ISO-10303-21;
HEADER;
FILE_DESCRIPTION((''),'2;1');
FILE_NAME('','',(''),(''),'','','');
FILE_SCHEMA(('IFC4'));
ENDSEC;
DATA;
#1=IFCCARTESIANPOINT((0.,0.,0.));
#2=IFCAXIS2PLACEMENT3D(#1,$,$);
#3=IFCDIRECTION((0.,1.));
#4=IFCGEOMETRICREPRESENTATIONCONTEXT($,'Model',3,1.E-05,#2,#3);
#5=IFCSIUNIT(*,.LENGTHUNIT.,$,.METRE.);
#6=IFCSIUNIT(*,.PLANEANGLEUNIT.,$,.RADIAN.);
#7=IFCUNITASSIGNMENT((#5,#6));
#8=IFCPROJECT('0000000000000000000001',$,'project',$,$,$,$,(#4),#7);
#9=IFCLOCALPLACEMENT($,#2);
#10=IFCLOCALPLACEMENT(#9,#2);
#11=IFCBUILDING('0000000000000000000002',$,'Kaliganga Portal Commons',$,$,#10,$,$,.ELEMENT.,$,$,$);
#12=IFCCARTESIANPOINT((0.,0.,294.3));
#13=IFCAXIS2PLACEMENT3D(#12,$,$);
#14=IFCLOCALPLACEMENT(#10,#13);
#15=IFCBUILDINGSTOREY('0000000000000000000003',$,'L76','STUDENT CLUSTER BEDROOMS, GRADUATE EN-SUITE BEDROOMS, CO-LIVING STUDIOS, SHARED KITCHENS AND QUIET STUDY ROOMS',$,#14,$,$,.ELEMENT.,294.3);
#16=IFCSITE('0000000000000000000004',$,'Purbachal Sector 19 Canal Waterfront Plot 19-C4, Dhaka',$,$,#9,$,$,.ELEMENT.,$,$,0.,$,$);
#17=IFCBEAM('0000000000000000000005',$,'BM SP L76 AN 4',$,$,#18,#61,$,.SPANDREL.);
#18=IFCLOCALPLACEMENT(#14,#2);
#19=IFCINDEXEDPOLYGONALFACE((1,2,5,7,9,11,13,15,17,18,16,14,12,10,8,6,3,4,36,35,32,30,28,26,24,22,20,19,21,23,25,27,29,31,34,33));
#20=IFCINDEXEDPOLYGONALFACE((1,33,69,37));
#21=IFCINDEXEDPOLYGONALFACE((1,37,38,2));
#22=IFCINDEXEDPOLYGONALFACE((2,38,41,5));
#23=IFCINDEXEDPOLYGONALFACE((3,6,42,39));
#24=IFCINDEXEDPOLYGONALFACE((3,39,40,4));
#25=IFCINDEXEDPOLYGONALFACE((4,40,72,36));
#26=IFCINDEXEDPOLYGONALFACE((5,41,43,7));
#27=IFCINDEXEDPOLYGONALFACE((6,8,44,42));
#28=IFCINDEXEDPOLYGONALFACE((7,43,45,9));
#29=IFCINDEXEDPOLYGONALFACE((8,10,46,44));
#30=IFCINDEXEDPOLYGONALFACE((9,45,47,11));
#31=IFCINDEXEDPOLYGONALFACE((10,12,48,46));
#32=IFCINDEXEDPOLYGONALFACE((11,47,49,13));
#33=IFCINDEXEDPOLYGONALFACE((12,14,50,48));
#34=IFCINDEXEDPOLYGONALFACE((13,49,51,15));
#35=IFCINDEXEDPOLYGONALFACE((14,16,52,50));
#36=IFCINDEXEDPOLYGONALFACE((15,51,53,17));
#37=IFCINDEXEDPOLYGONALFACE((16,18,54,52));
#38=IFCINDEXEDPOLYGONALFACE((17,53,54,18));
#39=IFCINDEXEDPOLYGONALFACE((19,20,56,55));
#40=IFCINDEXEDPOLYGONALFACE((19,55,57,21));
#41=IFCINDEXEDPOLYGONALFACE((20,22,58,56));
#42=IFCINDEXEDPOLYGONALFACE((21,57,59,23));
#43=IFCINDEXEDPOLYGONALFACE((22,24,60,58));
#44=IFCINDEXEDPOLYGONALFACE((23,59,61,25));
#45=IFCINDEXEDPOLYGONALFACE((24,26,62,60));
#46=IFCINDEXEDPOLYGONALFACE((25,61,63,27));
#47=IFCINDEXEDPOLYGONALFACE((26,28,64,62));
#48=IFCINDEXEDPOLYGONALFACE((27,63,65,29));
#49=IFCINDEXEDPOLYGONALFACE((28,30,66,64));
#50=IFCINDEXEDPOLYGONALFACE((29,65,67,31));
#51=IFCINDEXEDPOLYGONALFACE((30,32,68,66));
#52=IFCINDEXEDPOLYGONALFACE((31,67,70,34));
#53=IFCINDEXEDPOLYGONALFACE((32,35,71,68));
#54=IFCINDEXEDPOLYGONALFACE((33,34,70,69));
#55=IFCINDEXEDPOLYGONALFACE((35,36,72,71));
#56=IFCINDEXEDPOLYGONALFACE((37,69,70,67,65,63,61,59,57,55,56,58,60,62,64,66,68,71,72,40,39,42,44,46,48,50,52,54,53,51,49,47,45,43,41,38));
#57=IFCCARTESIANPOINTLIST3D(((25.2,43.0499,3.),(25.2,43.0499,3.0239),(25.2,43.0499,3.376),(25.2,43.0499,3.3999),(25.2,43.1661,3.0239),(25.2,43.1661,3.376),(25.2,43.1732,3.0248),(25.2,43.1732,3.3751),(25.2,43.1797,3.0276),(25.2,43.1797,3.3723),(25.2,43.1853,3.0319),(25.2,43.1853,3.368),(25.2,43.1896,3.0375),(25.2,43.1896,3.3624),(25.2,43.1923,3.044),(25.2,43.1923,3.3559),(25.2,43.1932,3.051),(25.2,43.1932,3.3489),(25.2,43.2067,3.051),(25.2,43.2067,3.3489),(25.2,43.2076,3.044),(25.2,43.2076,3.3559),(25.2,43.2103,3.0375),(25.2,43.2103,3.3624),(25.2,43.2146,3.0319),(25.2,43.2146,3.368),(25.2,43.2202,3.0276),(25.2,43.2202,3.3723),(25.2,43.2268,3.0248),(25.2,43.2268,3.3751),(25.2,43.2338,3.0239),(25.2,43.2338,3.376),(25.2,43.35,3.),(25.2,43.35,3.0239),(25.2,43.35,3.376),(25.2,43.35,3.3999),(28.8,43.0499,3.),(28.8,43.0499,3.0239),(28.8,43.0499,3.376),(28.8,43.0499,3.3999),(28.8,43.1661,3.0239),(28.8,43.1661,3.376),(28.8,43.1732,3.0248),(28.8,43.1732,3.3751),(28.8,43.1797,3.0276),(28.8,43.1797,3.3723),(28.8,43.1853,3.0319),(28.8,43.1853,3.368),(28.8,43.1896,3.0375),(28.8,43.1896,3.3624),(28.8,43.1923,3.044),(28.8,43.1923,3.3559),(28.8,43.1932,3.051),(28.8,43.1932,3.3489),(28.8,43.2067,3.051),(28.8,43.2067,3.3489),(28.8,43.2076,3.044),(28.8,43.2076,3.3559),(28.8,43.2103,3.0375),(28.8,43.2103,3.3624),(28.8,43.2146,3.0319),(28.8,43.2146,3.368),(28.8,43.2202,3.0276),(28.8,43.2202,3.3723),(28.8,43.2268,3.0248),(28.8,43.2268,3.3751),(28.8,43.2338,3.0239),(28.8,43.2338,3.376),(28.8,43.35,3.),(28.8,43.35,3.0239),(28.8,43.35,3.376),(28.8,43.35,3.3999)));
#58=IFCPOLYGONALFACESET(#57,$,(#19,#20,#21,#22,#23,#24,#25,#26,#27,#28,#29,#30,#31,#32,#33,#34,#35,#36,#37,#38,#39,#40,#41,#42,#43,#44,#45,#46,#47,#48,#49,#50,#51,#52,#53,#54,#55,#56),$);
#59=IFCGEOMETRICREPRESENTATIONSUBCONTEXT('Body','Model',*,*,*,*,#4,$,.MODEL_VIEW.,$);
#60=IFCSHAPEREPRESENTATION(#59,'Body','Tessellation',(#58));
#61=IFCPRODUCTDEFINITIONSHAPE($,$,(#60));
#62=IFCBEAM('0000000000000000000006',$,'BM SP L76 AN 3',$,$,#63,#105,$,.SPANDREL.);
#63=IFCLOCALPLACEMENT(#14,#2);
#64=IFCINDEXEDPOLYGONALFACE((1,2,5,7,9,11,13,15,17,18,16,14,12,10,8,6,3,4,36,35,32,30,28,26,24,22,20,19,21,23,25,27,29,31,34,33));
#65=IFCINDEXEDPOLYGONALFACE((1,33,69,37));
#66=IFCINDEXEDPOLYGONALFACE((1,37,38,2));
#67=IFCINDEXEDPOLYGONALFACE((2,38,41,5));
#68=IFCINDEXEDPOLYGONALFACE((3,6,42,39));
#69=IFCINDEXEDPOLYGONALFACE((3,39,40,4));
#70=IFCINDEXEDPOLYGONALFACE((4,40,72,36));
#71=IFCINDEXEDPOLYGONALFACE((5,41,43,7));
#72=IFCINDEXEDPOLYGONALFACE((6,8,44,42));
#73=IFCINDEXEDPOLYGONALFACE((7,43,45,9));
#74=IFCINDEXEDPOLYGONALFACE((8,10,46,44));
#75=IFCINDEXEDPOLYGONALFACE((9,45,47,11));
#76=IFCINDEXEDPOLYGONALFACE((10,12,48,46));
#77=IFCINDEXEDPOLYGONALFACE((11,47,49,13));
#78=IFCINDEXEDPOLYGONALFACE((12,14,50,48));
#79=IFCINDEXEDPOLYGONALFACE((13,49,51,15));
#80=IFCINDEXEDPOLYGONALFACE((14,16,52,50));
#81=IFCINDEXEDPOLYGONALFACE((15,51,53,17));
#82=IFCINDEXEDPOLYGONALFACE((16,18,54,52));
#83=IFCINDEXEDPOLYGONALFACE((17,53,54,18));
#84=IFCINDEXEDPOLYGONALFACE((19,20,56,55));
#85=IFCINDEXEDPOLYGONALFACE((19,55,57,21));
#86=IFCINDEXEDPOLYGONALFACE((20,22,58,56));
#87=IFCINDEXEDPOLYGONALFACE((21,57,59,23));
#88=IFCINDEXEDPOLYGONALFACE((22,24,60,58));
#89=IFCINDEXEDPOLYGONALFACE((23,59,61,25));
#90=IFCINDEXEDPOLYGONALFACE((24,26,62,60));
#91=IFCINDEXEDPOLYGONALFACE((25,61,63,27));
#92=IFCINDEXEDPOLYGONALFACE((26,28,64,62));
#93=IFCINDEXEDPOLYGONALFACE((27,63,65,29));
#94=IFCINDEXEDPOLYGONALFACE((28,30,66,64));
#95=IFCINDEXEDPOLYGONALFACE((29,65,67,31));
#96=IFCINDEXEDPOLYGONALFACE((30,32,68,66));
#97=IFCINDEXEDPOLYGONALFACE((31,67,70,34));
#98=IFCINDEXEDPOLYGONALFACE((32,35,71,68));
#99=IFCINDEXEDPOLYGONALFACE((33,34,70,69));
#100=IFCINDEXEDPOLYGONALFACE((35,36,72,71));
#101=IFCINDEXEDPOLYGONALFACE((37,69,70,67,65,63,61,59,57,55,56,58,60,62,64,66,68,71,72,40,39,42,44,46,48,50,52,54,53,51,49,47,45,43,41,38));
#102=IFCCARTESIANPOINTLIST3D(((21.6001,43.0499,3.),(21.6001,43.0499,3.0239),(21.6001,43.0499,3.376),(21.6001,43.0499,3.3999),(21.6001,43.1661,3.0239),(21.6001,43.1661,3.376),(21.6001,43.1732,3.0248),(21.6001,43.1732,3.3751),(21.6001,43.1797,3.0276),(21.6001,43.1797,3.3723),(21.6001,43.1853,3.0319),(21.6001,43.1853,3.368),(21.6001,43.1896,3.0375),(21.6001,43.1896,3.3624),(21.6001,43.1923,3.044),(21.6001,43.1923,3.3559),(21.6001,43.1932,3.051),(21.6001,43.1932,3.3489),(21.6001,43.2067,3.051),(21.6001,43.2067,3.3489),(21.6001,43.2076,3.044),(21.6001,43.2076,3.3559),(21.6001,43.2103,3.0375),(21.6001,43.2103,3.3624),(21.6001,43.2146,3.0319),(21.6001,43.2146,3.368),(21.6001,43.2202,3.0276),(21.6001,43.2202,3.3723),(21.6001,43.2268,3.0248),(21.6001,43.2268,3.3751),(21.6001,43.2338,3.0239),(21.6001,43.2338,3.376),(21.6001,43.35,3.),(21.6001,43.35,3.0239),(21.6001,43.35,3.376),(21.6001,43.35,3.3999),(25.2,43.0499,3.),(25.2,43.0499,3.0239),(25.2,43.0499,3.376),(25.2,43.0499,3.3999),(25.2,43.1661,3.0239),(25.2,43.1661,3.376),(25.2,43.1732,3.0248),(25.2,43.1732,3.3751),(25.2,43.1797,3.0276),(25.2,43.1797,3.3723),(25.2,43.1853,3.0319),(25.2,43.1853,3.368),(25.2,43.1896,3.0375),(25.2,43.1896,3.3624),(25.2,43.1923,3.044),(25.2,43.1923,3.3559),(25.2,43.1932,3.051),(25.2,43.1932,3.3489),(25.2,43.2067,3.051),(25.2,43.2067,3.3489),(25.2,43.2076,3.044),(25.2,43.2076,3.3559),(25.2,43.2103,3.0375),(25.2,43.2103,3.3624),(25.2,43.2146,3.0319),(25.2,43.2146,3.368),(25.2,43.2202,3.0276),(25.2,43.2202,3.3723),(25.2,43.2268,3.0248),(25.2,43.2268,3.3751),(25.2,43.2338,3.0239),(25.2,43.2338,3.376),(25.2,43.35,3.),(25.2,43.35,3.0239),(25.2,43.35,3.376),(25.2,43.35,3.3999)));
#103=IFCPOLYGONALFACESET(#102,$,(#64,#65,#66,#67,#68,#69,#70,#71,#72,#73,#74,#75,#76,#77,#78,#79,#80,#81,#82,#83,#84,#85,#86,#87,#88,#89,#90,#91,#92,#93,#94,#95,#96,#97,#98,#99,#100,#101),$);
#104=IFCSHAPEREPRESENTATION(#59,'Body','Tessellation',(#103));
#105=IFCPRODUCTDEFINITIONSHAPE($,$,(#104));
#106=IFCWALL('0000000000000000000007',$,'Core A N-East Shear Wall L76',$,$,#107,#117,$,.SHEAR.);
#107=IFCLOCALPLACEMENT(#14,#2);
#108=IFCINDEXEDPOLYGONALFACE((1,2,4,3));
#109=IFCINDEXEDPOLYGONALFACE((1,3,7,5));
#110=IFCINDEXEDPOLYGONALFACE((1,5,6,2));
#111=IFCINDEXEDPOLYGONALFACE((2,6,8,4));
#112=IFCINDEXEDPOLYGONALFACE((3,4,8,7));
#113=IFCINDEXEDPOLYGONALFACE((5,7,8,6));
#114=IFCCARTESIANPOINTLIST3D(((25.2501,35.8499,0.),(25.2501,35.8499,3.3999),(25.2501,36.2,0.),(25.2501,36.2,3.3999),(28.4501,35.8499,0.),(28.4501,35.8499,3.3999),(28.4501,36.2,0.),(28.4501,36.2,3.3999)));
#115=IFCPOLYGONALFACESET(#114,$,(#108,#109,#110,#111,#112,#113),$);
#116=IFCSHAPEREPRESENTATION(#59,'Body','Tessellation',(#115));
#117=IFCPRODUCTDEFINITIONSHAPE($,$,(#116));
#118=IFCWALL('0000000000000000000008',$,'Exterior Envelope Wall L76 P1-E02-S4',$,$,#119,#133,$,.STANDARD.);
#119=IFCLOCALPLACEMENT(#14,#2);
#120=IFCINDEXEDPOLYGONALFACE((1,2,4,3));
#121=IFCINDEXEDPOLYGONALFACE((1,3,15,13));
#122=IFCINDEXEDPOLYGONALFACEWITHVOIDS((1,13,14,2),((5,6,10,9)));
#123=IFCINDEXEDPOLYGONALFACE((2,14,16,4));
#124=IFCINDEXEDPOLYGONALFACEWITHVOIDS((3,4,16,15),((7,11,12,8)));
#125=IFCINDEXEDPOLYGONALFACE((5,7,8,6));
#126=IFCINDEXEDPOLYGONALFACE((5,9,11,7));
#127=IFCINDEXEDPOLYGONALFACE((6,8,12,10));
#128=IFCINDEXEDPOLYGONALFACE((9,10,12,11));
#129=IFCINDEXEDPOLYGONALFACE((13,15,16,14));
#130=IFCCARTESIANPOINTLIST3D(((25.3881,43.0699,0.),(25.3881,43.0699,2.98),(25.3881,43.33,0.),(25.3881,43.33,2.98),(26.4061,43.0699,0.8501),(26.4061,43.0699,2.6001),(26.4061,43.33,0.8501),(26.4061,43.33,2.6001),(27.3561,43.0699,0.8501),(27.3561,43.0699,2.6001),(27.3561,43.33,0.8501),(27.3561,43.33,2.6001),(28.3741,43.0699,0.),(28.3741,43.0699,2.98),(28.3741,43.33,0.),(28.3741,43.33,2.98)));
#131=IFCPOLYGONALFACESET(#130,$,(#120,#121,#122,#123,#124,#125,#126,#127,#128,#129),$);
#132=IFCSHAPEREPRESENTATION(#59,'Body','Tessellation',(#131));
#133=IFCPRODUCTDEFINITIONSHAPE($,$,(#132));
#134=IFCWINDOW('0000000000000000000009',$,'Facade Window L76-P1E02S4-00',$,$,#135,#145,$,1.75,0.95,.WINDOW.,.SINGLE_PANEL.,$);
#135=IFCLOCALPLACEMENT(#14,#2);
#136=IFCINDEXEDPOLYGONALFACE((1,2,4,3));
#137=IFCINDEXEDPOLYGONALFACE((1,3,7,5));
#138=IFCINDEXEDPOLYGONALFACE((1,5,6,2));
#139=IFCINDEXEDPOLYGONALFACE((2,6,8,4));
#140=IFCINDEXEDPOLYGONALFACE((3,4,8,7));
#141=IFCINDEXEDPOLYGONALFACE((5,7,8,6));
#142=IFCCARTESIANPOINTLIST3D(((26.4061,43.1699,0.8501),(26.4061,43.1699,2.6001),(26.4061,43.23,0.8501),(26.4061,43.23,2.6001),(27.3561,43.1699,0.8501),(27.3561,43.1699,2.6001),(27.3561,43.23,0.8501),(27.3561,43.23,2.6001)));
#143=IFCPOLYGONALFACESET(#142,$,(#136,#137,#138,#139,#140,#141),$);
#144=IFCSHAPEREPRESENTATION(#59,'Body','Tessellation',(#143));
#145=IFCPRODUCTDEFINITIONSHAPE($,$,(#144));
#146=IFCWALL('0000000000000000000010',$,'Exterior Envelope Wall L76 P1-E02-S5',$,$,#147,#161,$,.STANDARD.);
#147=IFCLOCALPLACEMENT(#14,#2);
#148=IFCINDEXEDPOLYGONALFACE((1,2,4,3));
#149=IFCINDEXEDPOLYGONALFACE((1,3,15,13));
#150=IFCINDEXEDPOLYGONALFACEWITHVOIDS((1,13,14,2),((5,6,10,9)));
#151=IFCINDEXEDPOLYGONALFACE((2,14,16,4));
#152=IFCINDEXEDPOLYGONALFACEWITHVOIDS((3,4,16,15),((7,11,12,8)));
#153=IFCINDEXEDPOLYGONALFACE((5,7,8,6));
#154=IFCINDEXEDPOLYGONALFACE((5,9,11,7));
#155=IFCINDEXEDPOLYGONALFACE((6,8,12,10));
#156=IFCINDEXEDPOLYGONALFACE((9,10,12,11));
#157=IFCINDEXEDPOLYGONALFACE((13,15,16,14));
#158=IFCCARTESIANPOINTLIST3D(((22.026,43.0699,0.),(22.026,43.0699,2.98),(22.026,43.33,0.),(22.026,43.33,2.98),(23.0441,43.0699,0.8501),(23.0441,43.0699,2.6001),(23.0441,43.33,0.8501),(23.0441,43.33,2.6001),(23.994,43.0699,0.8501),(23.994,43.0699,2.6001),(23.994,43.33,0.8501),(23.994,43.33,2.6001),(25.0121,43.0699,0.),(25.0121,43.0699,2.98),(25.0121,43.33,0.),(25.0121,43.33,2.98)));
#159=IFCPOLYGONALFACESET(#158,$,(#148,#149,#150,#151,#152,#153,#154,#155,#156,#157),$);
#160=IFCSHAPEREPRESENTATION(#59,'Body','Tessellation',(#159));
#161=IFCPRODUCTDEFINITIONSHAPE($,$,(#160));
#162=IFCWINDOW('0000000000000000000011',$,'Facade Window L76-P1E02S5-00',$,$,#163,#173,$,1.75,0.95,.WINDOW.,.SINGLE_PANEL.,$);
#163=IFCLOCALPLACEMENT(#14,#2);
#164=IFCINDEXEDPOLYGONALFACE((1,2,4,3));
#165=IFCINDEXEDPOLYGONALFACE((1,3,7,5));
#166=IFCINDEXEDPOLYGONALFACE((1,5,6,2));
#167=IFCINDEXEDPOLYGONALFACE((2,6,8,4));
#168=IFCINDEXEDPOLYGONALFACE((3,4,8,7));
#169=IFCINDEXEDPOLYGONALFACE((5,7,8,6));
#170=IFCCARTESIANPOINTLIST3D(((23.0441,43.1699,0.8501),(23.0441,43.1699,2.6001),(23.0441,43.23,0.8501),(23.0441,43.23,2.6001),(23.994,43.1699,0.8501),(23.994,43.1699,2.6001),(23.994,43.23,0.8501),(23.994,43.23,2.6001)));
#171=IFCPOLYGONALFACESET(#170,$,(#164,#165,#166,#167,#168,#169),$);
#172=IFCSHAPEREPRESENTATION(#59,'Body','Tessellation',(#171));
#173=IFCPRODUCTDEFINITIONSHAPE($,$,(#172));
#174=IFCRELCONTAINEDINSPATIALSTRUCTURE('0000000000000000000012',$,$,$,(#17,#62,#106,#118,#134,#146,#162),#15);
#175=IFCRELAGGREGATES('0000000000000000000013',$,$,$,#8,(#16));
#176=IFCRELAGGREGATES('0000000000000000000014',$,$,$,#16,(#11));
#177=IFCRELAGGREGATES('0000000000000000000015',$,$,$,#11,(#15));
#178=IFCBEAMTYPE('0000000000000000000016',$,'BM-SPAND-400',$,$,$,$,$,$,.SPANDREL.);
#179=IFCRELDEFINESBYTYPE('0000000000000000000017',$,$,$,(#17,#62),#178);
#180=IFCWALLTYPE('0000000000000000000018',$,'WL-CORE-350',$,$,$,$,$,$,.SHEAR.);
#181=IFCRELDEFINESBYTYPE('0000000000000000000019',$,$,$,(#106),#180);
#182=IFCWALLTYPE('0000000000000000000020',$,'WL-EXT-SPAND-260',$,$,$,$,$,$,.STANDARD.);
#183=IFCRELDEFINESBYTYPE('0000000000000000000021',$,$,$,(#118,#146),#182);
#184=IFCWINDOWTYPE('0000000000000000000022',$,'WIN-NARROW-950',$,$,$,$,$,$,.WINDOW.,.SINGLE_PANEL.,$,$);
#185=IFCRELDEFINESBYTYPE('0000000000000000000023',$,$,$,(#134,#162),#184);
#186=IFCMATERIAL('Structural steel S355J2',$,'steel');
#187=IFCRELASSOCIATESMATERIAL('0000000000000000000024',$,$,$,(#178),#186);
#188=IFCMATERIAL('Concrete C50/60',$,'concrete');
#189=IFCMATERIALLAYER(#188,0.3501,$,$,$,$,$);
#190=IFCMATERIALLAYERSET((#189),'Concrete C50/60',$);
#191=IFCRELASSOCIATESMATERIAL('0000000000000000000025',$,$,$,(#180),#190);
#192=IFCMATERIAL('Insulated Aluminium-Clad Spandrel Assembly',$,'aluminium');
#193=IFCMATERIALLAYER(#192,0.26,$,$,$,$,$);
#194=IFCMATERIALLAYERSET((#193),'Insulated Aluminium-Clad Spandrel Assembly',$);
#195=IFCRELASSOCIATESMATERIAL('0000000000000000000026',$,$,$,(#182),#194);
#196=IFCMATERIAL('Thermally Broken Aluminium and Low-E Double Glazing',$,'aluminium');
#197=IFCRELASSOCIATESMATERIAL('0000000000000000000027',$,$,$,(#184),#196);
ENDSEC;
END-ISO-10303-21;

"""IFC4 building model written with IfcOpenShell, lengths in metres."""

from ifc_helpers import new_model, si_unit, direction, frame, frame_2d, origin, origin_2d, place, context, subcontext, project, spatial, rectangle, i_section, extrude, source, transform, mapped, material, layer, layer_set, material_profile, profile_set, type_object, element, fill, save


model = new_model("IFC4")

# Units and contexts
model_context = context("Model", 3, precision=1e-05, world=origin(), true_north=direction((0.0, 1.0)))
body_context = subcontext(model_context, "Body", "Model", "MODEL_VIEW")
ifc_project = project(units=[si_unit("LENGTHUNIT", "METRE"), si_unit("PLANEANGLEUNIT", "RADIAN")], contexts=[model_context])

# Site, building, storey
site_placement = place(None, origin())
site = spatial("IfcSite", under=ifc_project, at=site_placement, Name="Purbachal Sector 19 Canal Waterfront Plot 19-C4, Dhaka", CompositionType="ELEMENT", RefElevation=0.0)
building_placement = place(site_placement, origin())
building = spatial("IfcBuilding", under=site, at=building_placement, Name="Kaliganga Portal Commons", CompositionType="ELEMENT")
storey_placement = place(building_placement, frame((0.0, 0.0, 294.3)))
storey = spatial("IfcBuildingStorey", under=building, at=storey_placement, Name="L76", Description="STUDENT CLUSTER BEDROOMS, GRADUATE EN-SUITE BEDROOMS, CO-LIVING STUDIOS, SHARED KITCHENS AND QUIET STUDY ROOMS", CompositionType="ELEMENT", Elevation=294.3)

# Shared definitions
ifc_material_1 = material(Name="Concrete C50/60", Category="concrete")
ifc_material_2 = material(Name="Structural steel S355J2", Category="steel")

# Beams
ifc_material_profile_1 = material_profile(ifc_material_2, i_section(OverallWidth=0.3, OverallDepth=0.3999, WebThickness=0.0134, FlangeThickness=0.0239, FilletRadius=0.0271, at=origin_2d()), Name="HE 400 B")
ifc_profile_set_1 = profile_set([ifc_material_profile_1], Name="Structural steel S355J2 wide-flange")
beam_type = type_object("IfcBeamType", Name="BM-SPAND-400", PredefinedType="SPANDREL", material=ifc_profile_set_1)
shared_shape_1 = source(origin(), body_context, "Body", "SweptSolid", [
    extrude(i_section(OverallWidth=0.3, OverallDepth=0.3999, WebThickness=0.0134, FlangeThickness=0.0239, FilletRadius=0.0271, at=origin_2d()), origin(), (0.0, 0.0, 1.0), 3.6001),
])
for number, where, z_axis, x_axis, name in (
    (1, (25.2, 43.2, 3.2), (1.0, 0.0, 0.0), (0.0, 1.0, 0.0), "BM SP L76 AN 4"),
):
    element("IfcBeam", number, at=place(storey_placement, frame(where, z_axis=z_axis, x_axis=x_axis)), inside=storey, type_object=beam_type, Name=name, PredefinedType="SPANDREL", context=body_context, shape_type="MappedRepresentation", body=[
        mapped(shared_shape_1, transform((0.0, 0.0, 0.0), x_axis=(1.0, 0.0, 0.0), y_axis=(0.0, 1.0, 0.0), z_axis=(0.0, 0.0, 1.0), scale=1.0)),
    ])
shared_shape_2 = source(origin(), body_context, "Body", "SweptSolid", [
    extrude(i_section(OverallWidth=0.3, OverallDepth=0.3999, WebThickness=0.0134, FlangeThickness=0.0239, FilletRadius=0.0271, at=origin_2d()), origin(), (0.0, 0.0, 1.0), 3.5999),
])
beam_placement = place(storey_placement, frame((21.6001, 43.2, 3.2), z_axis=(1.0, 0.0, 0.0), x_axis=(0.0, 1.0, 0.0)))
element("IfcBeam", 2, at=beam_placement, inside=storey, type_object=beam_type, Name="BM SP L76 AN 3", PredefinedType="SPANDREL", context=body_context, shape_type="MappedRepresentation", body=[
    mapped(shared_shape_2, transform((0.0, 0.0, 0.0), x_axis=(1.0, 0.0, 0.0), y_axis=(0.0, 1.0, 0.0), z_axis=(0.0, 0.0, 1.0), scale=1.0)),
])

# Wall
ifc_layer_1 = layer(ifc_material_1, 0.3501)
ifc_layer_set_1 = layer_set([ifc_layer_1], Name="Concrete C50/60")
wall_type_1 = type_object("IfcWallType", Name="WL-CORE-350", PredefinedType="SHEAR", material=ifc_layer_set_1)
wall_1_placement = place(storey_placement, frame((25.25, 36.0249, 0.0), z_axis=(0.0, 0.0, 1.0), x_axis=(1.0, 0.0, 0.0)))
element("IfcWall", 3, at=wall_1_placement, inside=storey, type_object=wall_type_1, Name="Core A N-East Shear Wall L76", PredefinedType="SHEAR", context=body_context, shape_type="SweptSolid", body=[
    extrude(rectangle(XDim=3.2, YDim=0.3501, at=frame_2d((1.6001, 0.0))), origin(), (0.0, 0.0, 1.0), 3.3999),
])

# Walls, openings, windows
ifc_material_3 = material(Name="Insulated Aluminium-Clad Spandrel Assembly", Category="aluminium")
ifc_layer_2 = layer(ifc_material_3, 0.26)
ifc_layer_set_2 = layer_set([ifc_layer_2], Name="Insulated Aluminium-Clad Spandrel Assembly")
wall_type_2 = type_object("IfcWallType", Name="WL-EXT-SPAND-260", PredefinedType="STANDARD", material=ifc_layer_set_2)
wall_2_placement = place(storey_placement, frame((25.3879, 43.2, 0.0), z_axis=(0.0, 0.0, 1.0), x_axis=(1.0, 0.0, 0.0)))
wall_2 = element("IfcWall", 4, at=wall_2_placement, inside=storey, type_object=wall_type_2, Name="Exterior Envelope Wall L76 P1-E02-S4", PredefinedType="STANDARD", context=body_context, shape_type="SweptSolid", body=[
    extrude(rectangle(XDim=2.9861, YDim=0.26, at=frame_2d((1.4932, 0.0))), origin(), (0.0, 0.0, 1.0), 2.98),
])
opening_1_placement = place(wall_2_placement, frame((1.0181, 0.0, 0.8501)))
opening_1 = element("IfcOpeningElement", 5, at=opening_1_placement, cuts=wall_2, PredefinedType="OPENING", context=body_context, shape_type="SweptSolid", body=[
    extrude(rectangle(XDim=0.95, YDim=1.75, at=frame_2d((0.4751, 0.875))), frame((0.0, 0.1401, 0.0), z_axis=(0.0, -1.0, 0.0), x_axis=(1.0, 0.0, 0.0)), (0.0, 0.0, 1.0), 0.28),
])
ifc_material_4 = material(Name="Thermally Broken Aluminium and Low-E Double Glazing", Category="aluminium")
window_type = type_object("IfcWindowType", Name="WIN-NARROW-950", PartitioningType="SINGLE_PANEL", PredefinedType="WINDOW", material=ifc_material_4)
window_1_placement = place(opening_1_placement, origin())
window_1 = element("IfcWindow", 6, at=window_1_placement, inside=storey, type_object=window_type, Name="Facade Window L76-P1E02S4-00", OverallHeight=1.75, OverallWidth=0.95, PartitioningType="SINGLE_PANEL", PredefinedType="WINDOW", context=body_context, shape_type="SweptSolid", body=[
    extrude(rectangle(XDim=0.95, YDim=1.75, at=frame_2d((0.4751, 0.875))), frame((0.0, 0.03, 0.0), z_axis=(0.0, -1.0, 0.0), x_axis=(1.0, 0.0, 0.0)), (0.0, 0.0, 1.0), 0.0601),
])
fill(opening_1, window_1)
wall_3_placement = place(storey_placement, frame((22.0259, 43.2, 0.0), z_axis=(0.0, 0.0, 1.0), x_axis=(1.0, 0.0, 0.0)))
wall_3 = element("IfcWall", 7, at=wall_3_placement, inside=storey, type_object=wall_type_2, Name="Exterior Envelope Wall L76 P1-E02-S5", PredefinedType="STANDARD", context=body_context, shape_type="SweptSolid", body=[
    extrude(rectangle(XDim=2.9861, YDim=0.26, at=frame_2d((1.4932, 0.0))), origin(), (0.0, 0.0, 1.0), 2.98),
])
opening_2_placement = place(wall_3_placement, frame((1.0181, 0.0, 0.8501)))
opening_2 = element("IfcOpeningElement", 8, at=opening_2_placement, cuts=wall_3, PredefinedType="OPENING", context=body_context, shape_type="SweptSolid", body=[
    extrude(rectangle(XDim=0.95, YDim=1.75, at=frame_2d((0.4751, 0.875))), frame((0.0, 0.1401, 0.0), z_axis=(0.0, -1.0, 0.0), x_axis=(1.0, 0.0, 0.0)), (0.0, 0.0, 1.0), 0.28),
])
window_2_placement = place(opening_2_placement, origin())
window_2 = element("IfcWindow", 9, at=window_2_placement, inside=storey, type_object=window_type, Name="Facade Window L76-P1E02S5-00", OverallHeight=1.75, OverallWidth=0.95, PartitioningType="SINGLE_PANEL", PredefinedType="WINDOW", context=body_context, shape_type="SweptSolid", body=[
    extrude(rectangle(XDim=0.95, YDim=1.75, at=frame_2d((0.4751, 0.875))), frame((0.0, 0.03, 0.0), z_axis=(0.0, -1.0, 0.0), x_axis=(1.0, 0.0, 0.0)), (0.0, 0.0, 1.0), 0.0601),
])
fill(opening_2, window_2)

save(model, "model.ifc")
